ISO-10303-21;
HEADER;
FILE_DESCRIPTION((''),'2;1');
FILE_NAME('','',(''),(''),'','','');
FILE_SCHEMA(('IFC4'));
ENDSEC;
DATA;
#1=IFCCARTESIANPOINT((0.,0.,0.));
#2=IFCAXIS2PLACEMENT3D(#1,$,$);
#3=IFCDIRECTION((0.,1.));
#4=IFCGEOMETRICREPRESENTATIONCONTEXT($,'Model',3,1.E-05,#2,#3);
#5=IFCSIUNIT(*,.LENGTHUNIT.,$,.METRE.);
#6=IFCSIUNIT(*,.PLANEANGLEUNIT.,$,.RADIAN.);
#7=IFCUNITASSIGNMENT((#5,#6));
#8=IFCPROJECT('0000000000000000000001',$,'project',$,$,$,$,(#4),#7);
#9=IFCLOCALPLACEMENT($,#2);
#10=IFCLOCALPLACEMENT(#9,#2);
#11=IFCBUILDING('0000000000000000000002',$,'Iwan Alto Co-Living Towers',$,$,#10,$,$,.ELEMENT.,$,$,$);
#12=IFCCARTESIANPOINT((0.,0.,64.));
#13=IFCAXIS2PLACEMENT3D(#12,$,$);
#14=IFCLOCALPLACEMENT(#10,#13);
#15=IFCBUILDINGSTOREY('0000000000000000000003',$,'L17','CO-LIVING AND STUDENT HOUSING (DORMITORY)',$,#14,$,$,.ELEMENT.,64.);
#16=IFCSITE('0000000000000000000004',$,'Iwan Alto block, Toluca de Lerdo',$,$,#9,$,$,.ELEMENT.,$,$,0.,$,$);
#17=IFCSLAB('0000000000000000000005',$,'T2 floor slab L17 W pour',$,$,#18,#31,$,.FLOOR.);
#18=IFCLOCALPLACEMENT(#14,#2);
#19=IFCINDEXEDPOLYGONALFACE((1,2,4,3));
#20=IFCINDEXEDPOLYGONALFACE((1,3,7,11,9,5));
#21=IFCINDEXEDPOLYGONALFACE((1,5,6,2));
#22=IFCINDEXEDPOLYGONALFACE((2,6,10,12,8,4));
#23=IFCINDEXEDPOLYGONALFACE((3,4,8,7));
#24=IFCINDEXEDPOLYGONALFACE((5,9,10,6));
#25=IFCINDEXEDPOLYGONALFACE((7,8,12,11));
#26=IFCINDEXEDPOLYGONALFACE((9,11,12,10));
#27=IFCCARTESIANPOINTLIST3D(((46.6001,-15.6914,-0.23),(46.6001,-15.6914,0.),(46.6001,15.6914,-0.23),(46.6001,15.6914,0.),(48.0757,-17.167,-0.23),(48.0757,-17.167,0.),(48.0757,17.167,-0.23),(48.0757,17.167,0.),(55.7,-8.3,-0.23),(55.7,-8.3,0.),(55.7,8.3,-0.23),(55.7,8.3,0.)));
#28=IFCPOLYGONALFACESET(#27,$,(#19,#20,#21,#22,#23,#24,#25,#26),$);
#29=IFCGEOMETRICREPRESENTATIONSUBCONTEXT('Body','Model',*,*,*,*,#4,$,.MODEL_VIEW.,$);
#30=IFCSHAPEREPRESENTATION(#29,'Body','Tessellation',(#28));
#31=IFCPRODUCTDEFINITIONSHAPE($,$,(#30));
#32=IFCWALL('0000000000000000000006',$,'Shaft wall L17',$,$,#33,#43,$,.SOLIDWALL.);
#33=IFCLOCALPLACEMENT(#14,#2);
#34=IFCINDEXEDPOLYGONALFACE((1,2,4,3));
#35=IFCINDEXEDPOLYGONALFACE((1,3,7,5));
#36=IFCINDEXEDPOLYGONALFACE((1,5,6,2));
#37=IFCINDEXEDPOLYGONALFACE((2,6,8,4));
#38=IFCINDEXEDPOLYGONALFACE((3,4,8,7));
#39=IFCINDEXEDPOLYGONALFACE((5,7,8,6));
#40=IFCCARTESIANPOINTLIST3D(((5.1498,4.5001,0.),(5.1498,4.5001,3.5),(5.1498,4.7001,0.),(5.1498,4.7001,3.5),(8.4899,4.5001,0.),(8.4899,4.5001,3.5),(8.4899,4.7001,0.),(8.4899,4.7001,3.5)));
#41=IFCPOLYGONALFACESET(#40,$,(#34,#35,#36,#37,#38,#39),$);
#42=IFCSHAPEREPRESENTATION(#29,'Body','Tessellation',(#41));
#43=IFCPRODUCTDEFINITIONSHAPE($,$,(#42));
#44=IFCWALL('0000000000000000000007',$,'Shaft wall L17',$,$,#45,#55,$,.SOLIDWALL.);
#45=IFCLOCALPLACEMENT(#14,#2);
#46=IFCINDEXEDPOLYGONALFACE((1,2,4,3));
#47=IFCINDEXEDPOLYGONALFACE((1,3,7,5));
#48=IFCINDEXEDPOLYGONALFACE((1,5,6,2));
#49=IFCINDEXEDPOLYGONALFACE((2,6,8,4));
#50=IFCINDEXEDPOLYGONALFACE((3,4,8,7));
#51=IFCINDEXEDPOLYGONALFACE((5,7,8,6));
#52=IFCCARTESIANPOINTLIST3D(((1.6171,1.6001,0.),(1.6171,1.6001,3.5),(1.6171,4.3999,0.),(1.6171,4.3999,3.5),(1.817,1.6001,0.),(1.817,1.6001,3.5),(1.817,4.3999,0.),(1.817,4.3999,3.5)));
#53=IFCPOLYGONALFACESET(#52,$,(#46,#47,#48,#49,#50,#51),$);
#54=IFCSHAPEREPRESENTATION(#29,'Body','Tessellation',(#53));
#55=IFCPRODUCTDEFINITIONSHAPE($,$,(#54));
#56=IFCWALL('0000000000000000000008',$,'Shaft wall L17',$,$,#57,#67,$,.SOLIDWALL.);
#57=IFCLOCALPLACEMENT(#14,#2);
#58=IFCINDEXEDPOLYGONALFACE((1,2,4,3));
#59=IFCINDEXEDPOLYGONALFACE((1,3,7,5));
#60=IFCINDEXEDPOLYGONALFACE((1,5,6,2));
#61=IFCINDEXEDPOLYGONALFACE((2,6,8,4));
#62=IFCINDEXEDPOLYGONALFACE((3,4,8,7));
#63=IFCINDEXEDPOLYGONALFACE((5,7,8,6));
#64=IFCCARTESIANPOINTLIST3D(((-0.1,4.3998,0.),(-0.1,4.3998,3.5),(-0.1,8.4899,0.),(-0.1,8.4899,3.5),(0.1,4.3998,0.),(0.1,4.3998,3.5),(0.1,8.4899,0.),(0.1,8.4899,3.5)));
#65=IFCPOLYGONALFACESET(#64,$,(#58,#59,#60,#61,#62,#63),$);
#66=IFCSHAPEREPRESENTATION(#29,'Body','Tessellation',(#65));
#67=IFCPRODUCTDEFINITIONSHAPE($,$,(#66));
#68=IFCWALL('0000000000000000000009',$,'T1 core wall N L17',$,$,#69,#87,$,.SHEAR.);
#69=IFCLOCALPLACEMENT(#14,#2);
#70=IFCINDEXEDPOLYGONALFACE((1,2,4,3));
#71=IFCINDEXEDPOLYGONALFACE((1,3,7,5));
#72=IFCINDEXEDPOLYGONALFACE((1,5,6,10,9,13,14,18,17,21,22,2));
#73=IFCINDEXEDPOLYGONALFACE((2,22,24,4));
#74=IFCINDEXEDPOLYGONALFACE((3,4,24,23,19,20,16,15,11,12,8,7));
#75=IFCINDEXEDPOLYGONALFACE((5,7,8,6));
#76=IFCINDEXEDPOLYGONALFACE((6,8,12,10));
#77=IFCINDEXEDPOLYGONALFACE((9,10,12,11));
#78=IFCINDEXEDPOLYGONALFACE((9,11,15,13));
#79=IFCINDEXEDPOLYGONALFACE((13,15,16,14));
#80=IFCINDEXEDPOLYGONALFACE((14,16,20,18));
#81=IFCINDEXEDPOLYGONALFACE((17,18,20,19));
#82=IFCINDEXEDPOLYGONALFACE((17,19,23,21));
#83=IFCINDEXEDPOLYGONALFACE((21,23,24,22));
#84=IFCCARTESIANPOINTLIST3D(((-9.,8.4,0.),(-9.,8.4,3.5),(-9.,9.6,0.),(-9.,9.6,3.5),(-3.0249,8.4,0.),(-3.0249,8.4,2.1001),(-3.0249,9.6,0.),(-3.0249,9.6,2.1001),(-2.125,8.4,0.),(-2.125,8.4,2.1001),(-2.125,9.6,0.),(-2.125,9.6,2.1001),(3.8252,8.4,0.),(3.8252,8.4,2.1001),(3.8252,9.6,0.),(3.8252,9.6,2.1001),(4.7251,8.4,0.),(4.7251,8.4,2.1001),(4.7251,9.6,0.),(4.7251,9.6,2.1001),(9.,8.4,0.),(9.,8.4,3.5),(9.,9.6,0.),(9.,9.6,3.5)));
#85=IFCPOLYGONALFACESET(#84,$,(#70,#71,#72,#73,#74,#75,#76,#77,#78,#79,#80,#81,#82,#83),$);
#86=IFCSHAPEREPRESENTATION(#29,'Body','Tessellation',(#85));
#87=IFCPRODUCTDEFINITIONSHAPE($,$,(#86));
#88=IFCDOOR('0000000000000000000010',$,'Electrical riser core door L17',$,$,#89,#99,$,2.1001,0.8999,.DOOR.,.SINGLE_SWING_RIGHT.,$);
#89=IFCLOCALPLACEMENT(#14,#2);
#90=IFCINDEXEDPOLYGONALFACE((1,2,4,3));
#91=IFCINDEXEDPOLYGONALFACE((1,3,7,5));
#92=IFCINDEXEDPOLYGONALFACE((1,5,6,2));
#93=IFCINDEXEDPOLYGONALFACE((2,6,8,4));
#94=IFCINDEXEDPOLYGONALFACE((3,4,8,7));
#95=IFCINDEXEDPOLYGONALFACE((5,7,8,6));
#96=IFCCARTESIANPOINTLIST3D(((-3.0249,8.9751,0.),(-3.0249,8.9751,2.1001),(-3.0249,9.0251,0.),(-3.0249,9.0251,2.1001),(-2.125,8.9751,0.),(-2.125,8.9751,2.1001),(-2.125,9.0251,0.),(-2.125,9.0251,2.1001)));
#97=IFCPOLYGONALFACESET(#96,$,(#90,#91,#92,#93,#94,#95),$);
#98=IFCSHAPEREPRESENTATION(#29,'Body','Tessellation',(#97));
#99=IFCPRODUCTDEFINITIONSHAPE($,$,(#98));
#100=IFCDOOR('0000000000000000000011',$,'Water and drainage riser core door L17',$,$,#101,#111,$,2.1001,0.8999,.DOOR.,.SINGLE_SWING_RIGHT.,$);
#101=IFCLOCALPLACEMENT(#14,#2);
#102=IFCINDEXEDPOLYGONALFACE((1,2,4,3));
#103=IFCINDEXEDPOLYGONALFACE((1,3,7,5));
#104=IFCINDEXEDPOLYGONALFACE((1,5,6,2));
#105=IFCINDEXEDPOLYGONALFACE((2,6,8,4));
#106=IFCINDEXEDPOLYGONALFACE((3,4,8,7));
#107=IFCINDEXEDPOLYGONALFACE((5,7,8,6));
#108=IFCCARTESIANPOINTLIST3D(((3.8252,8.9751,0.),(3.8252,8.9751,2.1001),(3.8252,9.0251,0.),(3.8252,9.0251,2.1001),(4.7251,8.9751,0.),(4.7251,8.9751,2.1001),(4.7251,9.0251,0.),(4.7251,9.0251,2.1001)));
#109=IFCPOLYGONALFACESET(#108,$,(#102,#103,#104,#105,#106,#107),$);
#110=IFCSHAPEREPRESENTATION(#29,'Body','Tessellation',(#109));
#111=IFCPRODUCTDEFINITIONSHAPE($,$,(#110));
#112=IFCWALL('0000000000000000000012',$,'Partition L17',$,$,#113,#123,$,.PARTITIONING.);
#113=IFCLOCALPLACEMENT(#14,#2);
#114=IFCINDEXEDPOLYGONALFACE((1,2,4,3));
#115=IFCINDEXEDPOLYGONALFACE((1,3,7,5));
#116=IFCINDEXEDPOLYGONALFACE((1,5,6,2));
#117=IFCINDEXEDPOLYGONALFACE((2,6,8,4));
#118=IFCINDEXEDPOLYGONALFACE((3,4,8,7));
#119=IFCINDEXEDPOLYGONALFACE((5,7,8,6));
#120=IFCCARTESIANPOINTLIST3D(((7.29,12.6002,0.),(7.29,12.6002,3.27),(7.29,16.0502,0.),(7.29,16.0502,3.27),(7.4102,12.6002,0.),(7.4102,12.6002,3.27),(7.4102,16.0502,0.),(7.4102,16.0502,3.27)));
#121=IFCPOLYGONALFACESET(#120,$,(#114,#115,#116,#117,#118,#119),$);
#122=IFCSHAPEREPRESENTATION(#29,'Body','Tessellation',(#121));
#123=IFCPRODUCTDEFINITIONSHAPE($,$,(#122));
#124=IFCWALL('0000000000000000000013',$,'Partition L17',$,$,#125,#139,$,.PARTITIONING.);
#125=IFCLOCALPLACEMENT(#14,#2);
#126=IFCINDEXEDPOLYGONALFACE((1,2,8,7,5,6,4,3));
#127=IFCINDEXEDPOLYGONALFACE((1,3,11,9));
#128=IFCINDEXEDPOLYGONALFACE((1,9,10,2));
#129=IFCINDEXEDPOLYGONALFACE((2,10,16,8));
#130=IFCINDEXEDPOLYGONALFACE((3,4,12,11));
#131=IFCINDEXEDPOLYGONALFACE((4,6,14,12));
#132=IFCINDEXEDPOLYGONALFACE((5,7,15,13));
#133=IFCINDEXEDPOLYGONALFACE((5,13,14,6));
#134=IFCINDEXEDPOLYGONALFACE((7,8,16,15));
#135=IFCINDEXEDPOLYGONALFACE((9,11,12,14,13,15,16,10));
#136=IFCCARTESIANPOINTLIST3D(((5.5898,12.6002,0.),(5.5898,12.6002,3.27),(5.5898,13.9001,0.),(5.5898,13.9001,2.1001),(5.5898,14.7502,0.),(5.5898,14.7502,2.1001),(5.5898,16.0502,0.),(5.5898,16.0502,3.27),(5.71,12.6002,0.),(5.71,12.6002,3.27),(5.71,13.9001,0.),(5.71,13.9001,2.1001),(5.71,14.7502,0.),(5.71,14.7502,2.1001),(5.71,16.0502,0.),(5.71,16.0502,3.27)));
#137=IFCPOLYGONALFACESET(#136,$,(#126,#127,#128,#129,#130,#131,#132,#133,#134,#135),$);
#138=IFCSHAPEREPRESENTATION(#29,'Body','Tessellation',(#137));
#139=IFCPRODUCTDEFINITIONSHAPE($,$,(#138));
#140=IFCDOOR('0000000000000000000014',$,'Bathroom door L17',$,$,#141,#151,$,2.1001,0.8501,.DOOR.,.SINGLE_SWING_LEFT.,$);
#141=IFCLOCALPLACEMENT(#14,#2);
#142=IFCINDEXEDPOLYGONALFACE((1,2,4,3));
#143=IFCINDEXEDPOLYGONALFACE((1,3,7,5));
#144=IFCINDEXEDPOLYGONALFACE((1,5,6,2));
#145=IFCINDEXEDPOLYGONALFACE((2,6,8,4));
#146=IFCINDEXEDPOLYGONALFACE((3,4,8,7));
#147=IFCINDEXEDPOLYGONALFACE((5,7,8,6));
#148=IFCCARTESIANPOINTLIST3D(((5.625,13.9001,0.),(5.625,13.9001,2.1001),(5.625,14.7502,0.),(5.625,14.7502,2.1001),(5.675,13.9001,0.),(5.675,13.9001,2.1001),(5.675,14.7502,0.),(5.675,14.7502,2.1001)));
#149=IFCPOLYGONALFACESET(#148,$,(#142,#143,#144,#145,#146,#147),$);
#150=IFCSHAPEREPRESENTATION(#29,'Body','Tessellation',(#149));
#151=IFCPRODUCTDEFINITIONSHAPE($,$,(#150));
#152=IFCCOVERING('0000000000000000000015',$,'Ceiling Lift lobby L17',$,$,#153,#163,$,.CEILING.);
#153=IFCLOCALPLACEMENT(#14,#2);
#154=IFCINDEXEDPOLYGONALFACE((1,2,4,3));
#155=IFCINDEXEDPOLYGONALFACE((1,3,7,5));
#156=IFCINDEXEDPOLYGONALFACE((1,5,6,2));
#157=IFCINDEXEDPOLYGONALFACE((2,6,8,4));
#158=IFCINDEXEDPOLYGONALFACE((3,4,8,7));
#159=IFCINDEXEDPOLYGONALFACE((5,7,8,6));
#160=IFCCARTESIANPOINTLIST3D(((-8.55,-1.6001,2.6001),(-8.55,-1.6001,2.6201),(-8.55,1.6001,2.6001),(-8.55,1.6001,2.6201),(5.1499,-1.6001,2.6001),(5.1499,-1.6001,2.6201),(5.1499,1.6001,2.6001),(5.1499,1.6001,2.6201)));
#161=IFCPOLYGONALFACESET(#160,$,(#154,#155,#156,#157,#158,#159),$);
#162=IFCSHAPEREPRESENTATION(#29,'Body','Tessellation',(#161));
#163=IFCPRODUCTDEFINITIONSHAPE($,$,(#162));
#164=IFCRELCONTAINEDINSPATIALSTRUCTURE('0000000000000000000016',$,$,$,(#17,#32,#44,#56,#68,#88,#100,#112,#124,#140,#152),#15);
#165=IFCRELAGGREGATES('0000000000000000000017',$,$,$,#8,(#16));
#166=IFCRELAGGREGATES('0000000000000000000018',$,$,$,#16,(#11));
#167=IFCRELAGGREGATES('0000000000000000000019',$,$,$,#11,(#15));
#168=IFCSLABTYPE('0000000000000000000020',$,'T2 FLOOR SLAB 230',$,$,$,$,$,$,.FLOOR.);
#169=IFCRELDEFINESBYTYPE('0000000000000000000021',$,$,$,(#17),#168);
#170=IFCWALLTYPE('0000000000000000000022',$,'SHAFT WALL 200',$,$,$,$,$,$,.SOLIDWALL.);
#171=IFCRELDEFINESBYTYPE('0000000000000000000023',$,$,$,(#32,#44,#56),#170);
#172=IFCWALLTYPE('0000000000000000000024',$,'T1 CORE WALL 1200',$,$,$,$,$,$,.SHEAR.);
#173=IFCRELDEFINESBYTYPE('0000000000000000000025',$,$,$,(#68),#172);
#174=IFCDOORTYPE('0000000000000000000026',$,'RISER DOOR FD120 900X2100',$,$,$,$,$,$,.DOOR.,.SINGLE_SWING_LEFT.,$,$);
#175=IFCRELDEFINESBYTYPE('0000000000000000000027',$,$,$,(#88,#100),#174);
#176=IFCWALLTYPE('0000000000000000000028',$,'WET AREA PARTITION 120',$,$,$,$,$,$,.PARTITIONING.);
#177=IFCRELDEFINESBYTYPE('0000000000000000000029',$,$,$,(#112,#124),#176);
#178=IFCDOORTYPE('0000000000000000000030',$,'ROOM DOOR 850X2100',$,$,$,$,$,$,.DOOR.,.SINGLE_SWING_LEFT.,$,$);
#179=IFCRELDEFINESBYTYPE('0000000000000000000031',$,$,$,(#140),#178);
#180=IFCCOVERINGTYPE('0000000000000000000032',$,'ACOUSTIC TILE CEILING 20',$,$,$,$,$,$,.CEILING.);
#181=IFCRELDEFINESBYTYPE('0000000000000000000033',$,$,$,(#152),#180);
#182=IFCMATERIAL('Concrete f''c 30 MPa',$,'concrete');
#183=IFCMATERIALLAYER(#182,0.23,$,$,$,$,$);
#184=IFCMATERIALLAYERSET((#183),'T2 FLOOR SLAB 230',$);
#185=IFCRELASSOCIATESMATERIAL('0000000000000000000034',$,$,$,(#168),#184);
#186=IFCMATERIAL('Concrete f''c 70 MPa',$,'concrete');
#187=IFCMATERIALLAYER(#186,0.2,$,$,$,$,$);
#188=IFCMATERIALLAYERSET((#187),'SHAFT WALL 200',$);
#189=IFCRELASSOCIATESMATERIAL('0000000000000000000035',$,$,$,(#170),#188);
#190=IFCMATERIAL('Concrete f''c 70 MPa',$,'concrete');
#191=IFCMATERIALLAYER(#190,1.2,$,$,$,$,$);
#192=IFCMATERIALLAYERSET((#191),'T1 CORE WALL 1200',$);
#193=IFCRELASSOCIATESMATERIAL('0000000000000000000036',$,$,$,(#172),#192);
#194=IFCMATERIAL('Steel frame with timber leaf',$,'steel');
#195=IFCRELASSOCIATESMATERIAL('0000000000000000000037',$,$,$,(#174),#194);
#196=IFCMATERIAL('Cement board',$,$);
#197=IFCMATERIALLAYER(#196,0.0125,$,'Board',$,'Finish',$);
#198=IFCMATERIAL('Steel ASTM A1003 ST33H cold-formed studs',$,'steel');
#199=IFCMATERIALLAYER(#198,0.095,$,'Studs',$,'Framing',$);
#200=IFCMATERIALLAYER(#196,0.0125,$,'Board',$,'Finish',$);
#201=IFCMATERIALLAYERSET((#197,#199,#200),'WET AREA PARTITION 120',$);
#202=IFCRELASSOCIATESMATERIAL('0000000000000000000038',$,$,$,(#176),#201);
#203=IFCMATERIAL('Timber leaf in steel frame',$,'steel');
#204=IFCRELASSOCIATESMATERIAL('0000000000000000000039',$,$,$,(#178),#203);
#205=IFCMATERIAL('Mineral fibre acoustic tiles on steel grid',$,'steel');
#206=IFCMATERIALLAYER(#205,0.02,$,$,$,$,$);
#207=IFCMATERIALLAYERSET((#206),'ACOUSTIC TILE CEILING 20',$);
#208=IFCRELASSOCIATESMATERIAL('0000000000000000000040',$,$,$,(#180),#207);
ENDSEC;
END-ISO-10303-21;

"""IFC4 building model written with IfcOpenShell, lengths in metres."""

from ifc_helpers import new_model, si_unit, direction, frame, frame_2d, origin, place, context, subcontext, project, spatial, polyline, rectangle, outline, extrude, material, layer, layer_set, type_object, element, fill, save


model = new_model("IFC4")

# Units and contexts
model_context = context("Model", 3, precision=1e-05, world=origin(), true_north=direction((0.0, 1.0)))
body_context = subcontext(model_context, "Body", "Model", "MODEL_VIEW")
ifc_project = project(units=[si_unit("LENGTHUNIT", "METRE"), si_unit("PLANEANGLEUNIT", "RADIAN")], contexts=[model_context])

# Site, building, storey
site_placement = place(None, origin())
site = spatial("IfcSite", under=ifc_project, at=site_placement, Name="Iwan Alto block, Toluca de Lerdo", CompositionType="ELEMENT", RefElevation=0.0)
building_placement = place(site_placement, origin())
building = spatial("IfcBuilding", under=site, at=building_placement, Name="Iwan Alto Co-Living Towers", CompositionType="ELEMENT")
storey_placement = place(building_placement, frame((0.0, 0.0, 64.0)))
storey = spatial("IfcBuildingStorey", under=building, at=storey_placement, Name="L17", Description="CO-LIVING AND STUDENT HOUSING (DORMITORY)", CompositionType="ELEMENT", Elevation=64.0)

# Slab
ifc_material_1 = material(Name="Concrete f'c 30 MPa", Category="concrete")
ifc_layer_1 = layer(ifc_material_1, 0.23)
ifc_layer_set_1 = layer_set([ifc_layer_1], Name="T2 FLOOR SLAB 230")
slab_type_1 = type_object("IfcSlabType", Name="T2 FLOOR SLAB 230", PredefinedType="FLOOR", material=ifc_layer_set_1)
slab_1_placement = place(storey_placement, frame((0.0, 0.0, -0.23)))
element("IfcSlab", 1, at=slab_1_placement, inside=storey, type_object=slab_type_1, Name="T2 floor slab L17 W pour", PredefinedType="FLOOR", context=body_context, shape_type="SweptSolid", body=[
    extrude(outline(polyline([(46.6001, 15.6914), (48.0757, 17.167), (55.7, 8.3), (55.7, -8.3), (48.0757, -17.167), (46.6001, -15.6914), (46.6001, 15.6914)])), origin(), (0.0, 0.0, 1.0), 0.23),
])

# Walls
ifc_material_2 = material(Name="Concrete f'c 70 MPa", Category="concrete")
ifc_layer_2 = layer(ifc_material_2, 0.2)
ifc_layer_set_2 = layer_set([ifc_layer_2], Name="SHAFT WALL 200")
wall_type_1 = type_object("IfcWallType", Name="SHAFT WALL 200", PredefinedType="SOLIDWALL", material=ifc_layer_set_2)
wall_1_placement = place(storey_placement, frame((5.1499, 4.6001, 0.0), z_axis=(0.0, 0.0, 1.0), x_axis=(1.0, 0.0, 0.0)))
element("IfcWall", 2, at=wall_1_placement, inside=storey, type_object=wall_type_1, Name="Shaft wall L17", PredefinedType="SOLIDWALL", context=body_context, shape_type="SweptSolid", body=[
    extrude(rectangle(XDim=3.3401, YDim=0.2, at=frame_2d((1.6699, 0.0))), origin(), (0.0, 0.0, 1.0), 3.5),
])
wall_2_placement = place(storey_placement, frame((1.717, 1.6001, 0.0), z_axis=(0.0, 0.0, 1.0), x_axis=(0.0, 1.0, 0.0)))
element("IfcWall", 3, at=wall_2_placement, inside=storey, type_object=wall_type_1, Name="Shaft wall L17", PredefinedType="SOLIDWALL", context=body_context, shape_type="SweptSolid", body=[
    extrude(rectangle(XDim=2.7998, YDim=0.2, at=frame_2d((1.3999, 0.0))), origin(), (0.0, 0.0, 1.0), 3.5),
])
wall_3_placement = place(storey_placement, frame((0.0, 4.3999, 0.0), z_axis=(0.0, 0.0, 1.0), x_axis=(0.0, 1.0, 0.0)))
element("IfcWall", 4, at=wall_3_placement, inside=storey, type_object=wall_type_1, Name="Shaft wall L17", PredefinedType="SOLIDWALL", context=body_context, shape_type="SweptSolid", body=[
    extrude(rectangle(XDim=4.0901, YDim=0.2, at=frame_2d((2.0449, 0.0))), origin(), (0.0, 0.0, 1.0), 3.5),
])

# Wall, openings, doors
ifc_material_3 = material(Name="Concrete f'c 70 MPa", Category="concrete")
ifc_layer_3 = layer(ifc_material_3, 1.2)
ifc_layer_set_3 = layer_set([ifc_layer_3], Name="T1 CORE WALL 1200")
wall_type_2 = type_object("IfcWallType", Name="T1 CORE WALL 1200", PredefinedType="SHEAR", material=ifc_layer_set_3)
wall_4_placement = place(storey_placement, frame((9.0, 9.0, 0.0), z_axis=(0.0, 0.0, 1.0), x_axis=(-1.0, 0.0, 0.0)))
wall_4 = element("IfcWall", 5, at=wall_4_placement, inside=storey, type_object=wall_type_2, Name="T1 core wall N L17", PredefinedType="SHEAR", context=body_context, shape_type="SweptSolid", body=[
    extrude(rectangle(XDim=18.0, YDim=1.2, at=frame_2d((9.0, 0.0))), origin(), (0.0, 0.0, 1.0), 3.5),
])
opening_1_placement = place(wall_4_placement, frame((11.125, 0.0, 0.0)))
opening_1 = element("IfcOpeningElement", 6, at=opening_1_placement, cuts=wall_4, PredefinedType="OPENING", context=body_context, shape_type="SweptSolid", body=[
    extrude(rectangle(XDim=0.8999, YDim=2.1001, at=frame_2d((0.45, 1.05))), frame((0.0, 0.6099, 0.0), z_axis=(0.0, -1.0, 0.0), x_axis=(1.0, 0.0, 0.0)), (0.0, 0.0, 1.0), 1.22),
])
opening_2_placement = place(wall_4_placement, frame((4.2749, 0.0, 0.0)))
opening_2 = element("IfcOpeningElement", 7, at=opening_2_placement, cuts=wall_4, PredefinedType="OPENING", context=body_context, shape_type="SweptSolid", body=[
    extrude(rectangle(XDim=0.8999, YDim=2.1001, at=frame_2d((0.45, 1.05))), frame((0.0, 0.6099, 0.0), z_axis=(0.0, -1.0, 0.0), x_axis=(1.0, 0.0, 0.0)), (0.0, 0.0, 1.0), 1.22),
])
ifc_material_4 = material(Name="Steel frame with timber leaf", Category="steel")
door_type_1 = type_object("IfcDoorType", Name="RISER DOOR FD120 900X2100", OperationType="SINGLE_SWING_LEFT", PredefinedType="DOOR", material=ifc_material_4)
door_1_placement = place(opening_1_placement, origin())
door_1 = element("IfcDoor", 8, at=door_1_placement, inside=storey, type_object=door_type_1, Name="Electrical riser core door L17", OperationType="SINGLE_SWING_RIGHT", OverallHeight=2.1001, OverallWidth=0.8999, PredefinedType="DOOR", context=body_context, shape_type="SweptSolid", body=[
    extrude(rectangle(XDim=0.8999, YDim=2.1001, at=frame_2d((0.45, 1.05))), frame((0.0, 0.0249, 0.0), z_axis=(0.0, -1.0, 0.0), x_axis=(1.0, 0.0, 0.0)), (0.0, 0.0, 1.0), 0.05),
])
fill(opening_1, door_1)
door_2_placement = place(opening_2_placement, origin())
door_2 = element("IfcDoor", 9, at=door_2_placement, inside=storey, type_object=door_type_1, Name="Water and drainage riser core door L17", OperationType="SINGLE_SWING_RIGHT", OverallHeight=2.1001, OverallWidth=0.8999, PredefinedType="DOOR", context=body_context, shape_type="SweptSolid", body=[
    extrude(rectangle(XDim=0.8999, YDim=2.1001, at=frame_2d((0.45, 1.05))), frame((0.0, 0.0249, 0.0), z_axis=(0.0, -1.0, 0.0), x_axis=(1.0, 0.0, 0.0)), (0.0, 0.0, 1.0), 0.05),
])
fill(opening_2, door_2)

# Wall
ifc_material_5 = material(Name="Cement board")
ifc_layer_4 = layer(ifc_material_5, 0.0125, Name="Board", Category="Finish")
ifc_material_6 = material(Name="Steel ASTM A1003 ST33H cold-formed studs", Category="steel")
ifc_layer_5 = layer(ifc_material_6, 0.095, Name="Studs", Category="Framing")
ifc_layer_6 = layer(ifc_material_5, 0.0125, Name="Board", Category="Finish")
ifc_layer_set_4 = layer_set([ifc_layer_4, ifc_layer_5, ifc_layer_6], Name="WET AREA PARTITION 120")
wall_type_3 = type_object("IfcWallType", Name="WET AREA PARTITION 120", PredefinedType="PARTITIONING", material=ifc_layer_set_4)
wall_5_placement = place(storey_placement, frame((7.3501, 12.6001, 0.0), z_axis=(0.0, 0.0, 1.0), x_axis=(0.0, 1.0, 0.0)))
element("IfcWall", 10, at=wall_5_placement, inside=storey, type_object=wall_type_3, Name="Partition L17", PredefinedType="PARTITIONING", context=body_context, shape_type="SweptSolid", body=[
    extrude(rectangle(XDim=3.45, YDim=0.1201, at=frame_2d((1.7251, 0.0))), origin(), (0.0, 0.0, 1.0), 3.27),
])

# Wall, opening, door
wall_6_placement = place(storey_placement, frame((5.6499, 12.6001, 0.0), z_axis=(0.0, 0.0, 1.0), x_axis=(0.0, 1.0, 0.0)))
wall_6 = element("IfcWall", 11, at=wall_6_placement, inside=storey, type_object=wall_type_3, Name="Partition L17", PredefinedType="PARTITIONING", context=body_context, shape_type="SweptSolid", body=[
    extrude(rectangle(XDim=3.45, YDim=0.1201, at=frame_2d((1.7251, 0.0))), origin(), (0.0, 0.0, 1.0), 3.27),
])
opening_3_placement = place(wall_6_placement, frame((1.3, 0.0, 0.0)))
opening_3 = element("IfcOpeningElement", 12, at=opening_3_placement, cuts=wall_6, PredefinedType="OPENING", context=body_context, shape_type="SweptSolid", body=[
    extrude(rectangle(XDim=0.8501, YDim=2.1001, at=frame_2d((0.425, 1.05))), frame((0.0, 0.0701, 0.0), z_axis=(0.0, -1.0, 0.0), x_axis=(1.0, 0.0, 0.0)), (0.0, 0.0, 1.0), 0.1401),
])
ifc_material_7 = material(Name="Timber leaf in steel frame", Category="steel")
door_type_2 = type_object("IfcDoorType", Name="ROOM DOOR 850X2100", OperationType="SINGLE_SWING_LEFT", PredefinedType="DOOR", material=ifc_material_7)
door_3_placement = place(opening_3_placement, origin())
door_3 = element("IfcDoor", 13, at=door_3_placement, inside=storey, type_object=door_type_2, Name="Bathroom door L17", OperationType="SINGLE_SWING_LEFT", OverallHeight=2.1001, OverallWidth=0.8501, PredefinedType="DOOR", context=body_context, shape_type="SweptSolid", body=[
    extrude(rectangle(XDim=0.8501, YDim=2.1001, at=frame_2d((0.425, 1.05))), frame((0.0, 0.0249, 0.0), z_axis=(0.0, -1.0, 0.0), x_axis=(1.0, 0.0, 0.0)), (0.0, 0.0, 1.0), 0.05),
])
fill(opening_3, door_3)

# Covering
ifc_material_8 = material(Name="Mineral fibre acoustic tiles on steel grid", Category="steel")
ifc_layer_7 = layer(ifc_material_8, 0.02)
ifc_layer_set_5 = layer_set([ifc_layer_7], Name="ACOUSTIC TILE CEILING 20")
covering_type_1 = type_object("IfcCoveringType", Name="ACOUSTIC TILE CEILING 20", PredefinedType="CEILING", material=ifc_layer_set_5)
covering_1_placement = place(storey_placement, frame((0.0, 0.0, 2.6001)))
element("IfcCovering", 14, at=covering_1_placement, inside=storey, type_object=covering_type_1, Name="Ceiling Lift lobby L17", PredefinedType="CEILING", context=body_context, shape_type="SweptSolid", body=[
    extrude(outline(polyline([(-8.55, -1.6001), (-8.55, 1.6001), (5.1499, 1.6001), (5.1499, -1.6001), (-8.55, -1.6001)])), origin(), (0.0, 0.0, 1.0), 0.02),
])

save(model, "model.ifc")
